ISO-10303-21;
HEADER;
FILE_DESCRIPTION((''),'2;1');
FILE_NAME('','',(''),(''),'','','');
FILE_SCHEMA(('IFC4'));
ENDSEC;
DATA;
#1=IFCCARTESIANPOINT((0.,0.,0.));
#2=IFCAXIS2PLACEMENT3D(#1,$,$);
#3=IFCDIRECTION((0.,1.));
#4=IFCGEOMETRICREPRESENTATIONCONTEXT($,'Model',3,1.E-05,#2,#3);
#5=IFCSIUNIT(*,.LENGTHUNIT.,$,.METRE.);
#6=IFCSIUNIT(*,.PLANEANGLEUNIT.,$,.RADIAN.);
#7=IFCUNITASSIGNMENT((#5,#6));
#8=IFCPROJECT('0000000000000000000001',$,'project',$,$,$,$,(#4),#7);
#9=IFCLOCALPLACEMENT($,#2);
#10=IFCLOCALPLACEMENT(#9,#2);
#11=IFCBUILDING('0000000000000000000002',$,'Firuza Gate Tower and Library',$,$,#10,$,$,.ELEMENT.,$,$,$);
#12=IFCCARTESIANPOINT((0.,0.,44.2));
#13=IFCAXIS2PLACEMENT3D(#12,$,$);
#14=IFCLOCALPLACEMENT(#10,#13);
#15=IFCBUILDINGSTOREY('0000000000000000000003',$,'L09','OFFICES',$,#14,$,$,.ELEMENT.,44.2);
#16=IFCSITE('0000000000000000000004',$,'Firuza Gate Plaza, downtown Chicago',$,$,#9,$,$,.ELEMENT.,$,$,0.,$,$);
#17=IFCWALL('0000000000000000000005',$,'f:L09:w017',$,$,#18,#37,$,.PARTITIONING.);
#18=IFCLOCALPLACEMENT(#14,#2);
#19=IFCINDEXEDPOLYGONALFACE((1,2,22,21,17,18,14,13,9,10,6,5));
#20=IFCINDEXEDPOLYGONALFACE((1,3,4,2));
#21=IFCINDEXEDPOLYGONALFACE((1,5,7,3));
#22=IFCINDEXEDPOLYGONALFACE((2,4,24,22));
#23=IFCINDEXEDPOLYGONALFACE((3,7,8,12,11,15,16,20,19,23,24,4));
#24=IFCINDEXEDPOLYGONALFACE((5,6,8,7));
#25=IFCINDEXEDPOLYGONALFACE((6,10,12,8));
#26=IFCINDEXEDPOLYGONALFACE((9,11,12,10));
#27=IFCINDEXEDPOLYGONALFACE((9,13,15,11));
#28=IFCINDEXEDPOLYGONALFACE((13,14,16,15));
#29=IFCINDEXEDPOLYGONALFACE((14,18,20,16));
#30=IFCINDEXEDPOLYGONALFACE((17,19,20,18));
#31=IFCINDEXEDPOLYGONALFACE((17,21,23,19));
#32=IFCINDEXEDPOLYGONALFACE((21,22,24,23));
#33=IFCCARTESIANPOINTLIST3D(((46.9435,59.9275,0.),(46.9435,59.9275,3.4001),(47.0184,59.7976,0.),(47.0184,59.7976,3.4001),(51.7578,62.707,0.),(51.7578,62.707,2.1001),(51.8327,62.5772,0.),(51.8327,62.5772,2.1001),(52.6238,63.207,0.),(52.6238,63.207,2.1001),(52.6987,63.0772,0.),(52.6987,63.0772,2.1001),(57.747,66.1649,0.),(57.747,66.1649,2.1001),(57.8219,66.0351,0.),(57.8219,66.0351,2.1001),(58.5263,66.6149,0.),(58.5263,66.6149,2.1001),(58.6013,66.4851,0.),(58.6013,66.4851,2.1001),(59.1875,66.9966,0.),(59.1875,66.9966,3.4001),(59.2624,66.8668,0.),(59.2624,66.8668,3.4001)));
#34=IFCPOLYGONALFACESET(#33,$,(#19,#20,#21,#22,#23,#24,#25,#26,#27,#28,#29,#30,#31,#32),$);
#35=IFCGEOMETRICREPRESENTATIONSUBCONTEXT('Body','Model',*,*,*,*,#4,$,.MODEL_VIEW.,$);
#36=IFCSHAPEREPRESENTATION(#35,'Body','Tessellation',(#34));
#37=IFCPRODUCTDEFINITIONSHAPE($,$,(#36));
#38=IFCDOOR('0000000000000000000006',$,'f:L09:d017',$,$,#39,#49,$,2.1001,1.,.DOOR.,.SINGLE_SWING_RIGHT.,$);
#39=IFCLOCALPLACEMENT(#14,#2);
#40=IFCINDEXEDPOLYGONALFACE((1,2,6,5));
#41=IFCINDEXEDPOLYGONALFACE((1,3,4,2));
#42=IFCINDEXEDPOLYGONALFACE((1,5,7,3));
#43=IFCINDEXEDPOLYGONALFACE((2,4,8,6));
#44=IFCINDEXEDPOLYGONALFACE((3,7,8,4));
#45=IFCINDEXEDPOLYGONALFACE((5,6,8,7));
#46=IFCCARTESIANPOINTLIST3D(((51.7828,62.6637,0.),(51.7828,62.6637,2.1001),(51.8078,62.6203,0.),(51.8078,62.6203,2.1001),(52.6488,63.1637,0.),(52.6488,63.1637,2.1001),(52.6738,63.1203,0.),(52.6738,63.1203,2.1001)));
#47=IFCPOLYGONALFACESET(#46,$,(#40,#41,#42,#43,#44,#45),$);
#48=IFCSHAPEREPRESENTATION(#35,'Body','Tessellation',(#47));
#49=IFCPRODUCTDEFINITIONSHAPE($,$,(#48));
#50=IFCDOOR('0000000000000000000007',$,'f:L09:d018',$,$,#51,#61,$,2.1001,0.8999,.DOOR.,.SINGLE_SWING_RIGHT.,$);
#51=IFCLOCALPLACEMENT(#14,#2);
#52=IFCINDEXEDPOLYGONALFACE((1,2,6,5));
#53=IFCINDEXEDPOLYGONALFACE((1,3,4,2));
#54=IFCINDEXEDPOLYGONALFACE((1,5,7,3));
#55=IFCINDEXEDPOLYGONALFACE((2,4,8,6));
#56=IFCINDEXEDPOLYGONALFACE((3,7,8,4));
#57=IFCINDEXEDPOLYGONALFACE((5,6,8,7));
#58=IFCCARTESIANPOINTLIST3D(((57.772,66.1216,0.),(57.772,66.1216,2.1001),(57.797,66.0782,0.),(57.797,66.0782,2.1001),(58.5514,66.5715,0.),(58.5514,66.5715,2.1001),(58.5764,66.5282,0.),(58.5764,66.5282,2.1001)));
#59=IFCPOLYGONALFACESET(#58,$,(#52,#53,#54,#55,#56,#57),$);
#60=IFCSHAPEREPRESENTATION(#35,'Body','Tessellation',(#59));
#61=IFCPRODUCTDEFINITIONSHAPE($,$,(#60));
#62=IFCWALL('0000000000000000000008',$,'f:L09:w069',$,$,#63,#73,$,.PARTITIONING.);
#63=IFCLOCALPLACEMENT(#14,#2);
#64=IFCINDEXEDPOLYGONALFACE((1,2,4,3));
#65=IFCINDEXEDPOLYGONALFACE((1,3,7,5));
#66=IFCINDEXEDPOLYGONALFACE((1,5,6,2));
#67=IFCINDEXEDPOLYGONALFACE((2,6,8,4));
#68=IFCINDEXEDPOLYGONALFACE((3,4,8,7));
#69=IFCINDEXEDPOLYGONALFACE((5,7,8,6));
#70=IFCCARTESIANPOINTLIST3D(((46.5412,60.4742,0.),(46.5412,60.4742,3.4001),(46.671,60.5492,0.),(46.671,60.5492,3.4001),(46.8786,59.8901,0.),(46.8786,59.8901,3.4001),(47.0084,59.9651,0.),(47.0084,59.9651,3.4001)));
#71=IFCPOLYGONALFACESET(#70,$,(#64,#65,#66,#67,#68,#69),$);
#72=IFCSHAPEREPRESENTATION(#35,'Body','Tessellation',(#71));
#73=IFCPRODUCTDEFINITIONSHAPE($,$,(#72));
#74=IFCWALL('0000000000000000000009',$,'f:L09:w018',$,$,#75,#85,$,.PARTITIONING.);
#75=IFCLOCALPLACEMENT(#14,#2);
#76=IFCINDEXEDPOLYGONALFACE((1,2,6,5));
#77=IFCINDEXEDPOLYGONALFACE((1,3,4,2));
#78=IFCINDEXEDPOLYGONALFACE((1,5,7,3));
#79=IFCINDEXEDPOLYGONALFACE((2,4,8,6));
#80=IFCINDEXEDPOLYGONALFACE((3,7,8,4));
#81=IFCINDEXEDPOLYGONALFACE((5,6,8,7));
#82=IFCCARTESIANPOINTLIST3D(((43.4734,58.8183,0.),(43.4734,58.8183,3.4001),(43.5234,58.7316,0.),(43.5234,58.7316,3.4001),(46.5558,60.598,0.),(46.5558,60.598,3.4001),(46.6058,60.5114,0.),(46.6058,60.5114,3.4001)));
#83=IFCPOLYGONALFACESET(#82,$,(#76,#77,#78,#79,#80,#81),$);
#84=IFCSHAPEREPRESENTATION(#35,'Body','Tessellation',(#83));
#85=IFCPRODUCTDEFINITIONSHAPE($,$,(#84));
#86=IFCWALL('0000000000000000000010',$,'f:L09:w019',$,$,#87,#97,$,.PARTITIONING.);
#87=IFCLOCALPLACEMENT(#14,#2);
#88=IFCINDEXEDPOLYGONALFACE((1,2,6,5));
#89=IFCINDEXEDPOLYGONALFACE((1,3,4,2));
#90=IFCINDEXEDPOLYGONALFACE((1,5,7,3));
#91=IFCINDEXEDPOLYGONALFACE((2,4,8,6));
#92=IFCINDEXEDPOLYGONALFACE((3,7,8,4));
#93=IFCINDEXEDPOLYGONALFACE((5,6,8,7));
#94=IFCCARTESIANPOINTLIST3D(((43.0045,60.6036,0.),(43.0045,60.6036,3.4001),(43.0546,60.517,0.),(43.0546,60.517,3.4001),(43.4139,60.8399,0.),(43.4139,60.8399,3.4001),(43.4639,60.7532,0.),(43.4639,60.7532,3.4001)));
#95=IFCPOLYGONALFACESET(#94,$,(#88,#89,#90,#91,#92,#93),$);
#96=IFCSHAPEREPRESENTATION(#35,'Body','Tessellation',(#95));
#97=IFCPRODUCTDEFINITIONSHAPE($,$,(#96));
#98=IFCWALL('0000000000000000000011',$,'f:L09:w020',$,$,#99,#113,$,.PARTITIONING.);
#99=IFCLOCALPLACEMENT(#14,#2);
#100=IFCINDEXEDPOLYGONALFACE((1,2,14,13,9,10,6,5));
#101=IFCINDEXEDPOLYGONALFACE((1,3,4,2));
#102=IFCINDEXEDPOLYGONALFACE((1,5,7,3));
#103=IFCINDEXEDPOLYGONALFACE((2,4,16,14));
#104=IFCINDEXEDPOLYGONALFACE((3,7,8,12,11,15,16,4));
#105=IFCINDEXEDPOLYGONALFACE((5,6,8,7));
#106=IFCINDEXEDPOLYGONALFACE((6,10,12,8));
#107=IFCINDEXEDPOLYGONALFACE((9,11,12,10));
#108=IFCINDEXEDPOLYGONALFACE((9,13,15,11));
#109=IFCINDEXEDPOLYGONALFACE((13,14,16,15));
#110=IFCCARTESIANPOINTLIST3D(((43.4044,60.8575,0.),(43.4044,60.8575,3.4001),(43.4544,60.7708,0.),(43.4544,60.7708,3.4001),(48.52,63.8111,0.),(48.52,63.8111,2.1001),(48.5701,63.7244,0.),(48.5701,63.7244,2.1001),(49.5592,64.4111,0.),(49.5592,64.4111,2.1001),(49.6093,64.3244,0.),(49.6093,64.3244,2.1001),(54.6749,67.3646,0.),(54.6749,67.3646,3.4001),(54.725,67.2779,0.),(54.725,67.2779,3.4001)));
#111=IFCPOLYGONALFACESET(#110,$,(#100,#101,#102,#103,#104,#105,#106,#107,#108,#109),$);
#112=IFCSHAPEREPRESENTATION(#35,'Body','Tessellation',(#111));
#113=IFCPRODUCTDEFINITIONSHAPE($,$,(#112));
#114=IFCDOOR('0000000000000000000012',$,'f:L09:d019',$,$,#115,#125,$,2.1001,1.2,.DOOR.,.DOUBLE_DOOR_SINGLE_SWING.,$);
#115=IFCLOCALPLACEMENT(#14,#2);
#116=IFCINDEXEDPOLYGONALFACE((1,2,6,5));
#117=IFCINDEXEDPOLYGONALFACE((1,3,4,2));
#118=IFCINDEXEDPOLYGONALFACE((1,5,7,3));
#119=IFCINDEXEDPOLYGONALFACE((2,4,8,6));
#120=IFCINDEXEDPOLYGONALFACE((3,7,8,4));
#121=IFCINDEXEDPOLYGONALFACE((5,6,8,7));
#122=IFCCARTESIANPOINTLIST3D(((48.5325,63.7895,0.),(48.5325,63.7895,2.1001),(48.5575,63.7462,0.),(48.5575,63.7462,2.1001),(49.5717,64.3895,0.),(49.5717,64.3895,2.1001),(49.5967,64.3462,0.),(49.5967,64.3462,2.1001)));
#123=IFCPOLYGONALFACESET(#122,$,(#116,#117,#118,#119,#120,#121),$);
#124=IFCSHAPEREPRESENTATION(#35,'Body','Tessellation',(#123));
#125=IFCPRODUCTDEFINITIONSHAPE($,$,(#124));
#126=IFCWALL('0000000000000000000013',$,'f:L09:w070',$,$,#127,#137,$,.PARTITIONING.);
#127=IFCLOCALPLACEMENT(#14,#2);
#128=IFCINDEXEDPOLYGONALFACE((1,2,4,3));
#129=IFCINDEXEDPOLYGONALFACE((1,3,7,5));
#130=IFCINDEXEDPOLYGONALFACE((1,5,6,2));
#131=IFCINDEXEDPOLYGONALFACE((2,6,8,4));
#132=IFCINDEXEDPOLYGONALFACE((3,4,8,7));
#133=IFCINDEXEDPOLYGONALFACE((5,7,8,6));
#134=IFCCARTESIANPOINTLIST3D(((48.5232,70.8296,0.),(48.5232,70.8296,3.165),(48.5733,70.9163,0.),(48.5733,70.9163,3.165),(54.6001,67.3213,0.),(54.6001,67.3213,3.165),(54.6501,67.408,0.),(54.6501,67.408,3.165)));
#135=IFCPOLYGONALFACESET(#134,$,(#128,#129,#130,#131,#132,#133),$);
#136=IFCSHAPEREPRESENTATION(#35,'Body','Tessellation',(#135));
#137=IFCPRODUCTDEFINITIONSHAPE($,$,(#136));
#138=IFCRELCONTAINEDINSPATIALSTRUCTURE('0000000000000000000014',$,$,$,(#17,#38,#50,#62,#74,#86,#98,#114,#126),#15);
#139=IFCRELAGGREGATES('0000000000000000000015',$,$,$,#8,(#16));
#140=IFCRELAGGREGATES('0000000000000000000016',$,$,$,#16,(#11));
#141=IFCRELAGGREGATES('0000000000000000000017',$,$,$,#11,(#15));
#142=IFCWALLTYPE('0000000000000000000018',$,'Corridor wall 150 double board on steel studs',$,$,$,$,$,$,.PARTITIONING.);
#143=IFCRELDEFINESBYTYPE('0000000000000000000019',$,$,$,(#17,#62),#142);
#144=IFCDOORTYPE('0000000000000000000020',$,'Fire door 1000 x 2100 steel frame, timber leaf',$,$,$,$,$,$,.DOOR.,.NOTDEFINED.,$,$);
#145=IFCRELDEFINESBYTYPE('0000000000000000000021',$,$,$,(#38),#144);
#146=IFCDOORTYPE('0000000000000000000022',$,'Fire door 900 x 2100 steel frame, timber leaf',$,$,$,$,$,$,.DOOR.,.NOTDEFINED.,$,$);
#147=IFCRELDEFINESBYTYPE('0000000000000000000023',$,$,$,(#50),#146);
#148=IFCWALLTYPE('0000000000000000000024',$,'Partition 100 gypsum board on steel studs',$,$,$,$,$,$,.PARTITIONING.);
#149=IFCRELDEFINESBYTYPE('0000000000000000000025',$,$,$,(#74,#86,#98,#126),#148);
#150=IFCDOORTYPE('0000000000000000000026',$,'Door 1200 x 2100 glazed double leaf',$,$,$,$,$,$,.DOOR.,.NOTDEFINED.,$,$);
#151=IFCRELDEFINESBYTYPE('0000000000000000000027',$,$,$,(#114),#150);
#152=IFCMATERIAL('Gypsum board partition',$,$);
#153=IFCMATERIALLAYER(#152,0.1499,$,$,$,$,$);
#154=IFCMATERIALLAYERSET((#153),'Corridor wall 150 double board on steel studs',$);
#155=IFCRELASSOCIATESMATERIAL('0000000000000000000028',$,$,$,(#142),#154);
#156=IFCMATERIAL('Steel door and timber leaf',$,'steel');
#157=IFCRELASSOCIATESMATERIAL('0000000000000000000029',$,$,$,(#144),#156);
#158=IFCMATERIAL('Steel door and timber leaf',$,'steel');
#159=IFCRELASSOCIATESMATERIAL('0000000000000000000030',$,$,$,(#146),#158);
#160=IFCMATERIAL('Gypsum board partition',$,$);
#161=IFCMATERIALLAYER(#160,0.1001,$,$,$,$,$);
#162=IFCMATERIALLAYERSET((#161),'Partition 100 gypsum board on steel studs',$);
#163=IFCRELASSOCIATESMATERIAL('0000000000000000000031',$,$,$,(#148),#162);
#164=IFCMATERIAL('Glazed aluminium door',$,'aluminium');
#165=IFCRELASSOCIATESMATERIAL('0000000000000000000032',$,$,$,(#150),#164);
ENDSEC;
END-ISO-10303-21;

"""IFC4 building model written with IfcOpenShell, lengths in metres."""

from ifc_helpers import new_model, si_unit, direction, frame, frame_2d, origin, place, context, subcontext, project, spatial, rectangle, extrude, material, layer, layer_set, type_object, element, fill, save


model = new_model("IFC4")

# Units and contexts
model_context = context("Model", 3, precision=1e-05, world=origin(), true_north=direction((0.0, 1.0)))
body_context = subcontext(model_context, "Body", "Model", "MODEL_VIEW")
ifc_project = project(units=[si_unit("LENGTHUNIT", "METRE"), si_unit("PLANEANGLEUNIT", "RADIAN")], contexts=[model_context])

# Site, building, storey
site_placement = place(None, origin())
site = spatial("IfcSite", under=ifc_project, at=site_placement, Name="Firuza Gate Plaza, downtown Chicago", CompositionType="ELEMENT", RefElevation=0.0)
building_placement = place(site_placement, origin())
building = spatial("IfcBuilding", under=site, at=building_placement, Name="Firuza Gate Tower and Library", CompositionType="ELEMENT")
storey_placement = place(building_placement, frame((0.0, 0.0, 44.2)))
storey = spatial("IfcBuildingStorey", under=building, at=storey_placement, Name="L09", Description="OFFICES", CompositionType="ELEMENT", Elevation=44.2)

# Wall, openings, doors
ifc_material_1 = material(Name="Gypsum board partition")
ifc_layer_1 = layer(ifc_material_1, 0.1499)
ifc_layer_set_1 = layer_set([ifc_layer_1], Name="Corridor wall 150 double board on steel studs")
wall_type_1 = type_object("IfcWallType", Name="Corridor wall 150 double board on steel studs", PredefinedType="PARTITIONING", material=ifc_layer_set_1)
wall_1_placement = place(storey_placement, frame((46.981, 59.8625, 0.0), z_axis=(0.0, 0.0, 1.0), x_axis=(0.866023, 0.500004, 0.0)))
wall_1 = element("IfcWall", 1, at=wall_1_placement, inside=storey, type_object=wall_type_1, Name="f:L09:w017", PredefinedType="PARTITIONING", context=body_context, shape_type="SweptSolid", body=[
    extrude(rectangle(XDim=14.1382, YDim=0.1499, at=frame_2d((7.0691, 0.0))), origin(), (0.0, 0.0, 1.0), 3.4001),
])
opening_1_placement = place(wall_1_placement, frame((5.5591, 0.0, 0.0)))
opening_1 = element("IfcOpeningElement", 2, at=opening_1_placement, cuts=wall_1, PredefinedType="OPENING", context=body_context, shape_type="SweptSolid", body=[
    extrude(rectangle(XDim=1.0, YDim=2.1001, at=frame_2d((0.5, 1.05))), frame((0.0, 0.085, 0.0), z_axis=(0.0, -1.0, 0.0), x_axis=(1.0, 0.0, 0.0)), (0.0, 0.0, 1.0), 0.1699),
])
opening_2_placement = place(wall_1_placement, frame((12.4749, 0.0, 0.0)))
opening_2 = element("IfcOpeningElement", 3, at=opening_2_placement, cuts=wall_1, PredefinedType="OPENING", context=body_context, shape_type="SweptSolid", body=[
    extrude(rectangle(XDim=0.8999, YDim=2.1001, at=frame_2d((0.45, 1.05))), frame((0.0, 0.085, 0.0), z_axis=(0.0, -1.0, 0.0), x_axis=(1.0, 0.0, 0.0)), (0.0, 0.0, 1.0), 0.1699),
])
ifc_material_2 = material(Name="Steel door and timber leaf", Category="steel")
door_type_1 = type_object("IfcDoorType", Name="Fire door 1000 x 2100 steel frame, timber leaf", OperationType="NOTDEFINED", PredefinedType="DOOR", material=ifc_material_2)
door_1_placement = place(opening_1_placement, origin())
door_1 = element("IfcDoor", 4, at=door_1_placement, inside=storey, type_object=door_type_1, Name="f:L09:d017", OperationType="SINGLE_SWING_RIGHT", OverallHeight=2.1001, OverallWidth=1.0, PredefinedType="DOOR", context=body_context, shape_type="SweptSolid", body=[
    extrude(rectangle(XDim=1.0, YDim=2.1001, at=frame_2d((0.5, 1.05))), frame((0.0, 0.0249, 0.0), z_axis=(0.0, -1.0, 0.0), x_axis=(1.0, 0.0, 0.0)), (0.0, 0.0, 1.0), 0.05),
])
fill(opening_1, door_1)
ifc_material_3 = material(Name="Steel door and timber leaf", Category="steel")
door_type_2 = type_object("IfcDoorType", Name="Fire door 900 x 2100 steel frame, timber leaf", OperationType="NOTDEFINED", PredefinedType="DOOR", material=ifc_material_3)
door_2_placement = place(opening_2_placement, origin())
door_2 = element("IfcDoor", 5, at=door_2_placement, inside=storey, type_object=door_type_2, Name="f:L09:d018", OperationType="SINGLE_SWING_RIGHT", OverallHeight=2.1001, OverallWidth=0.8999, PredefinedType="DOOR", context=body_context, shape_type="SweptSolid", body=[
    extrude(rectangle(XDim=0.8999, YDim=2.1001, at=frame_2d((0.45, 1.05))), frame((0.0, 0.0249, 0.0), z_axis=(0.0, -1.0, 0.0), x_axis=(1.0, 0.0, 0.0)), (0.0, 0.0, 1.0), 0.05),
])
fill(opening_2, door_2)

# Walls
wall_2_placement = place(storey_placement, frame((46.9436, 59.9275, 0.0), z_axis=(0.0, 0.0, 1.0), x_axis=(-0.500266, 0.865872, 0.0)))
element("IfcWall", 6, at=wall_2_placement, inside=storey, type_object=wall_type_1, Name="f:L09:w069", PredefinedType="PARTITIONING", context=body_context, shape_type="SweptSolid", body=[
    extrude(rectangle(XDim=0.6746, YDim=0.1499, at=frame_2d((0.3374, 0.0))), origin(), (0.0, 0.0, 1.0), 3.4001),
])
ifc_material_4 = material(Name="Gypsum board partition")
ifc_layer_2 = layer(ifc_material_4, 0.1001)
ifc_layer_set_2 = layer_set([ifc_layer_2], Name="Partition 100 gypsum board on steel studs")
wall_type_2 = type_object("IfcWallType", Name="Partition 100 gypsum board on steel studs", PredefinedType="PARTITIONING", material=ifc_layer_set_2)
wall_3_placement = place(storey_placement, frame((43.4983, 58.7749, 0.0), z_axis=(0.0, 0.0, 1.0), x_axis=(0.866014, 0.500019, 0.0)))
element("IfcWall", 7, at=wall_3_placement, inside=storey, type_object=wall_type_2, Name="f:L09:w018", PredefinedType="PARTITIONING", context=body_context, shape_type="SweptSolid", body=[
    extrude(rectangle(XDim=3.5593, YDim=0.1001, at=frame_2d((1.7798, 0.0))), origin(), (0.0, 0.0, 1.0), 3.4001),
])
wall_4_placement = place(storey_placement, frame((43.0295, 60.5603, 0.0), z_axis=(0.0, 0.0, 1.0), x_axis=(0.866074, 0.499916, 0.0)))
element("IfcWall", 8, at=wall_4_placement, inside=storey, type_object=wall_type_2, Name="f:L09:w019", PredefinedType="PARTITIONING", context=body_context, shape_type="SweptSolid", body=[
    extrude(rectangle(XDim=0.4727, YDim=0.1001, at=frame_2d((0.2363, 0.0))), origin(), (0.0, 0.0, 1.0), 3.4001),
])

# Wall, opening, door
wall_5_placement = place(storey_placement, frame((54.7, 67.3213, 0.0), z_axis=(0.0, 0.0, 1.0), x_axis=(-0.866024, -0.500003, 0.0)))
wall_5 = element("IfcWall", 9, at=wall_5_placement, inside=storey, type_object=wall_type_2, Name="f:L09:w020", PredefinedType="PARTITIONING", context=body_context, shape_type="SweptSolid", body=[
    extrude(rectangle(XDim=13.0142, YDim=0.1001, at=frame_2d((6.5071, 0.0))), origin(), (0.0, 0.0, 1.0), 3.4001),
])
opening_3_placement = place(wall_5_placement, frame((5.907, 0.0, 0.0)))
opening_3 = element("IfcOpeningElement", 10, at=opening_3_placement, cuts=wall_5, PredefinedType="OPENING", context=body_context, shape_type="SweptSolid", body=[
    extrude(rectangle(XDim=1.2, YDim=2.1001, at=frame_2d((0.6001, 1.05))), frame((0.0, 0.0601, 0.0), z_axis=(0.0, -1.0, 0.0), x_axis=(1.0, 0.0, 0.0)), (0.0, 0.0, 1.0), 0.1201),
])
ifc_material_5 = material(Name="Glazed aluminium door", Category="aluminium")
door_type_3 = type_object("IfcDoorType", Name="Door 1200 x 2100 glazed double leaf", OperationType="NOTDEFINED", PredefinedType="DOOR", material=ifc_material_5)
door_3_placement = place(opening_3_placement, origin())
door_3 = element("IfcDoor", 11, at=door_3_placement, inside=storey, type_object=door_type_3, Name="f:L09:d019", OperationType="DOUBLE_DOOR_SINGLE_SWING", OverallHeight=2.1001, OverallWidth=1.2, PredefinedType="DOOR", context=body_context, shape_type="SweptSolid", body=[
    extrude(rectangle(XDim=1.2, YDim=2.1001, at=frame_2d((0.6001, 1.05))), frame((0.0, 0.0249, 0.0), z_axis=(0.0, -1.0, 0.0), x_axis=(1.0, 0.0, 0.0)), (0.0, 0.0, 1.0), 0.05),
])
fill(opening_3, door_3)

# Wall
wall_6_placement = place(storey_placement, frame((54.625, 67.3647, 0.0), z_axis=(0.0, 0.0, 1.0), x_axis=(-0.866038, 0.499978, 0.0)))
element("IfcWall", 12, at=wall_6_placement, inside=storey, type_object=wall_type_2, Name="f:L09:w070", PredefinedType="PARTITIONING", context=body_context, shape_type="SweptSolid", body=[
    extrude(rectangle(XDim=7.0168, YDim=0.1001, at=frame_2d((3.5083, 0.0))), origin(), (0.0, 0.0, 1.0), 3.165),
])

save(model, "model.ifc")
